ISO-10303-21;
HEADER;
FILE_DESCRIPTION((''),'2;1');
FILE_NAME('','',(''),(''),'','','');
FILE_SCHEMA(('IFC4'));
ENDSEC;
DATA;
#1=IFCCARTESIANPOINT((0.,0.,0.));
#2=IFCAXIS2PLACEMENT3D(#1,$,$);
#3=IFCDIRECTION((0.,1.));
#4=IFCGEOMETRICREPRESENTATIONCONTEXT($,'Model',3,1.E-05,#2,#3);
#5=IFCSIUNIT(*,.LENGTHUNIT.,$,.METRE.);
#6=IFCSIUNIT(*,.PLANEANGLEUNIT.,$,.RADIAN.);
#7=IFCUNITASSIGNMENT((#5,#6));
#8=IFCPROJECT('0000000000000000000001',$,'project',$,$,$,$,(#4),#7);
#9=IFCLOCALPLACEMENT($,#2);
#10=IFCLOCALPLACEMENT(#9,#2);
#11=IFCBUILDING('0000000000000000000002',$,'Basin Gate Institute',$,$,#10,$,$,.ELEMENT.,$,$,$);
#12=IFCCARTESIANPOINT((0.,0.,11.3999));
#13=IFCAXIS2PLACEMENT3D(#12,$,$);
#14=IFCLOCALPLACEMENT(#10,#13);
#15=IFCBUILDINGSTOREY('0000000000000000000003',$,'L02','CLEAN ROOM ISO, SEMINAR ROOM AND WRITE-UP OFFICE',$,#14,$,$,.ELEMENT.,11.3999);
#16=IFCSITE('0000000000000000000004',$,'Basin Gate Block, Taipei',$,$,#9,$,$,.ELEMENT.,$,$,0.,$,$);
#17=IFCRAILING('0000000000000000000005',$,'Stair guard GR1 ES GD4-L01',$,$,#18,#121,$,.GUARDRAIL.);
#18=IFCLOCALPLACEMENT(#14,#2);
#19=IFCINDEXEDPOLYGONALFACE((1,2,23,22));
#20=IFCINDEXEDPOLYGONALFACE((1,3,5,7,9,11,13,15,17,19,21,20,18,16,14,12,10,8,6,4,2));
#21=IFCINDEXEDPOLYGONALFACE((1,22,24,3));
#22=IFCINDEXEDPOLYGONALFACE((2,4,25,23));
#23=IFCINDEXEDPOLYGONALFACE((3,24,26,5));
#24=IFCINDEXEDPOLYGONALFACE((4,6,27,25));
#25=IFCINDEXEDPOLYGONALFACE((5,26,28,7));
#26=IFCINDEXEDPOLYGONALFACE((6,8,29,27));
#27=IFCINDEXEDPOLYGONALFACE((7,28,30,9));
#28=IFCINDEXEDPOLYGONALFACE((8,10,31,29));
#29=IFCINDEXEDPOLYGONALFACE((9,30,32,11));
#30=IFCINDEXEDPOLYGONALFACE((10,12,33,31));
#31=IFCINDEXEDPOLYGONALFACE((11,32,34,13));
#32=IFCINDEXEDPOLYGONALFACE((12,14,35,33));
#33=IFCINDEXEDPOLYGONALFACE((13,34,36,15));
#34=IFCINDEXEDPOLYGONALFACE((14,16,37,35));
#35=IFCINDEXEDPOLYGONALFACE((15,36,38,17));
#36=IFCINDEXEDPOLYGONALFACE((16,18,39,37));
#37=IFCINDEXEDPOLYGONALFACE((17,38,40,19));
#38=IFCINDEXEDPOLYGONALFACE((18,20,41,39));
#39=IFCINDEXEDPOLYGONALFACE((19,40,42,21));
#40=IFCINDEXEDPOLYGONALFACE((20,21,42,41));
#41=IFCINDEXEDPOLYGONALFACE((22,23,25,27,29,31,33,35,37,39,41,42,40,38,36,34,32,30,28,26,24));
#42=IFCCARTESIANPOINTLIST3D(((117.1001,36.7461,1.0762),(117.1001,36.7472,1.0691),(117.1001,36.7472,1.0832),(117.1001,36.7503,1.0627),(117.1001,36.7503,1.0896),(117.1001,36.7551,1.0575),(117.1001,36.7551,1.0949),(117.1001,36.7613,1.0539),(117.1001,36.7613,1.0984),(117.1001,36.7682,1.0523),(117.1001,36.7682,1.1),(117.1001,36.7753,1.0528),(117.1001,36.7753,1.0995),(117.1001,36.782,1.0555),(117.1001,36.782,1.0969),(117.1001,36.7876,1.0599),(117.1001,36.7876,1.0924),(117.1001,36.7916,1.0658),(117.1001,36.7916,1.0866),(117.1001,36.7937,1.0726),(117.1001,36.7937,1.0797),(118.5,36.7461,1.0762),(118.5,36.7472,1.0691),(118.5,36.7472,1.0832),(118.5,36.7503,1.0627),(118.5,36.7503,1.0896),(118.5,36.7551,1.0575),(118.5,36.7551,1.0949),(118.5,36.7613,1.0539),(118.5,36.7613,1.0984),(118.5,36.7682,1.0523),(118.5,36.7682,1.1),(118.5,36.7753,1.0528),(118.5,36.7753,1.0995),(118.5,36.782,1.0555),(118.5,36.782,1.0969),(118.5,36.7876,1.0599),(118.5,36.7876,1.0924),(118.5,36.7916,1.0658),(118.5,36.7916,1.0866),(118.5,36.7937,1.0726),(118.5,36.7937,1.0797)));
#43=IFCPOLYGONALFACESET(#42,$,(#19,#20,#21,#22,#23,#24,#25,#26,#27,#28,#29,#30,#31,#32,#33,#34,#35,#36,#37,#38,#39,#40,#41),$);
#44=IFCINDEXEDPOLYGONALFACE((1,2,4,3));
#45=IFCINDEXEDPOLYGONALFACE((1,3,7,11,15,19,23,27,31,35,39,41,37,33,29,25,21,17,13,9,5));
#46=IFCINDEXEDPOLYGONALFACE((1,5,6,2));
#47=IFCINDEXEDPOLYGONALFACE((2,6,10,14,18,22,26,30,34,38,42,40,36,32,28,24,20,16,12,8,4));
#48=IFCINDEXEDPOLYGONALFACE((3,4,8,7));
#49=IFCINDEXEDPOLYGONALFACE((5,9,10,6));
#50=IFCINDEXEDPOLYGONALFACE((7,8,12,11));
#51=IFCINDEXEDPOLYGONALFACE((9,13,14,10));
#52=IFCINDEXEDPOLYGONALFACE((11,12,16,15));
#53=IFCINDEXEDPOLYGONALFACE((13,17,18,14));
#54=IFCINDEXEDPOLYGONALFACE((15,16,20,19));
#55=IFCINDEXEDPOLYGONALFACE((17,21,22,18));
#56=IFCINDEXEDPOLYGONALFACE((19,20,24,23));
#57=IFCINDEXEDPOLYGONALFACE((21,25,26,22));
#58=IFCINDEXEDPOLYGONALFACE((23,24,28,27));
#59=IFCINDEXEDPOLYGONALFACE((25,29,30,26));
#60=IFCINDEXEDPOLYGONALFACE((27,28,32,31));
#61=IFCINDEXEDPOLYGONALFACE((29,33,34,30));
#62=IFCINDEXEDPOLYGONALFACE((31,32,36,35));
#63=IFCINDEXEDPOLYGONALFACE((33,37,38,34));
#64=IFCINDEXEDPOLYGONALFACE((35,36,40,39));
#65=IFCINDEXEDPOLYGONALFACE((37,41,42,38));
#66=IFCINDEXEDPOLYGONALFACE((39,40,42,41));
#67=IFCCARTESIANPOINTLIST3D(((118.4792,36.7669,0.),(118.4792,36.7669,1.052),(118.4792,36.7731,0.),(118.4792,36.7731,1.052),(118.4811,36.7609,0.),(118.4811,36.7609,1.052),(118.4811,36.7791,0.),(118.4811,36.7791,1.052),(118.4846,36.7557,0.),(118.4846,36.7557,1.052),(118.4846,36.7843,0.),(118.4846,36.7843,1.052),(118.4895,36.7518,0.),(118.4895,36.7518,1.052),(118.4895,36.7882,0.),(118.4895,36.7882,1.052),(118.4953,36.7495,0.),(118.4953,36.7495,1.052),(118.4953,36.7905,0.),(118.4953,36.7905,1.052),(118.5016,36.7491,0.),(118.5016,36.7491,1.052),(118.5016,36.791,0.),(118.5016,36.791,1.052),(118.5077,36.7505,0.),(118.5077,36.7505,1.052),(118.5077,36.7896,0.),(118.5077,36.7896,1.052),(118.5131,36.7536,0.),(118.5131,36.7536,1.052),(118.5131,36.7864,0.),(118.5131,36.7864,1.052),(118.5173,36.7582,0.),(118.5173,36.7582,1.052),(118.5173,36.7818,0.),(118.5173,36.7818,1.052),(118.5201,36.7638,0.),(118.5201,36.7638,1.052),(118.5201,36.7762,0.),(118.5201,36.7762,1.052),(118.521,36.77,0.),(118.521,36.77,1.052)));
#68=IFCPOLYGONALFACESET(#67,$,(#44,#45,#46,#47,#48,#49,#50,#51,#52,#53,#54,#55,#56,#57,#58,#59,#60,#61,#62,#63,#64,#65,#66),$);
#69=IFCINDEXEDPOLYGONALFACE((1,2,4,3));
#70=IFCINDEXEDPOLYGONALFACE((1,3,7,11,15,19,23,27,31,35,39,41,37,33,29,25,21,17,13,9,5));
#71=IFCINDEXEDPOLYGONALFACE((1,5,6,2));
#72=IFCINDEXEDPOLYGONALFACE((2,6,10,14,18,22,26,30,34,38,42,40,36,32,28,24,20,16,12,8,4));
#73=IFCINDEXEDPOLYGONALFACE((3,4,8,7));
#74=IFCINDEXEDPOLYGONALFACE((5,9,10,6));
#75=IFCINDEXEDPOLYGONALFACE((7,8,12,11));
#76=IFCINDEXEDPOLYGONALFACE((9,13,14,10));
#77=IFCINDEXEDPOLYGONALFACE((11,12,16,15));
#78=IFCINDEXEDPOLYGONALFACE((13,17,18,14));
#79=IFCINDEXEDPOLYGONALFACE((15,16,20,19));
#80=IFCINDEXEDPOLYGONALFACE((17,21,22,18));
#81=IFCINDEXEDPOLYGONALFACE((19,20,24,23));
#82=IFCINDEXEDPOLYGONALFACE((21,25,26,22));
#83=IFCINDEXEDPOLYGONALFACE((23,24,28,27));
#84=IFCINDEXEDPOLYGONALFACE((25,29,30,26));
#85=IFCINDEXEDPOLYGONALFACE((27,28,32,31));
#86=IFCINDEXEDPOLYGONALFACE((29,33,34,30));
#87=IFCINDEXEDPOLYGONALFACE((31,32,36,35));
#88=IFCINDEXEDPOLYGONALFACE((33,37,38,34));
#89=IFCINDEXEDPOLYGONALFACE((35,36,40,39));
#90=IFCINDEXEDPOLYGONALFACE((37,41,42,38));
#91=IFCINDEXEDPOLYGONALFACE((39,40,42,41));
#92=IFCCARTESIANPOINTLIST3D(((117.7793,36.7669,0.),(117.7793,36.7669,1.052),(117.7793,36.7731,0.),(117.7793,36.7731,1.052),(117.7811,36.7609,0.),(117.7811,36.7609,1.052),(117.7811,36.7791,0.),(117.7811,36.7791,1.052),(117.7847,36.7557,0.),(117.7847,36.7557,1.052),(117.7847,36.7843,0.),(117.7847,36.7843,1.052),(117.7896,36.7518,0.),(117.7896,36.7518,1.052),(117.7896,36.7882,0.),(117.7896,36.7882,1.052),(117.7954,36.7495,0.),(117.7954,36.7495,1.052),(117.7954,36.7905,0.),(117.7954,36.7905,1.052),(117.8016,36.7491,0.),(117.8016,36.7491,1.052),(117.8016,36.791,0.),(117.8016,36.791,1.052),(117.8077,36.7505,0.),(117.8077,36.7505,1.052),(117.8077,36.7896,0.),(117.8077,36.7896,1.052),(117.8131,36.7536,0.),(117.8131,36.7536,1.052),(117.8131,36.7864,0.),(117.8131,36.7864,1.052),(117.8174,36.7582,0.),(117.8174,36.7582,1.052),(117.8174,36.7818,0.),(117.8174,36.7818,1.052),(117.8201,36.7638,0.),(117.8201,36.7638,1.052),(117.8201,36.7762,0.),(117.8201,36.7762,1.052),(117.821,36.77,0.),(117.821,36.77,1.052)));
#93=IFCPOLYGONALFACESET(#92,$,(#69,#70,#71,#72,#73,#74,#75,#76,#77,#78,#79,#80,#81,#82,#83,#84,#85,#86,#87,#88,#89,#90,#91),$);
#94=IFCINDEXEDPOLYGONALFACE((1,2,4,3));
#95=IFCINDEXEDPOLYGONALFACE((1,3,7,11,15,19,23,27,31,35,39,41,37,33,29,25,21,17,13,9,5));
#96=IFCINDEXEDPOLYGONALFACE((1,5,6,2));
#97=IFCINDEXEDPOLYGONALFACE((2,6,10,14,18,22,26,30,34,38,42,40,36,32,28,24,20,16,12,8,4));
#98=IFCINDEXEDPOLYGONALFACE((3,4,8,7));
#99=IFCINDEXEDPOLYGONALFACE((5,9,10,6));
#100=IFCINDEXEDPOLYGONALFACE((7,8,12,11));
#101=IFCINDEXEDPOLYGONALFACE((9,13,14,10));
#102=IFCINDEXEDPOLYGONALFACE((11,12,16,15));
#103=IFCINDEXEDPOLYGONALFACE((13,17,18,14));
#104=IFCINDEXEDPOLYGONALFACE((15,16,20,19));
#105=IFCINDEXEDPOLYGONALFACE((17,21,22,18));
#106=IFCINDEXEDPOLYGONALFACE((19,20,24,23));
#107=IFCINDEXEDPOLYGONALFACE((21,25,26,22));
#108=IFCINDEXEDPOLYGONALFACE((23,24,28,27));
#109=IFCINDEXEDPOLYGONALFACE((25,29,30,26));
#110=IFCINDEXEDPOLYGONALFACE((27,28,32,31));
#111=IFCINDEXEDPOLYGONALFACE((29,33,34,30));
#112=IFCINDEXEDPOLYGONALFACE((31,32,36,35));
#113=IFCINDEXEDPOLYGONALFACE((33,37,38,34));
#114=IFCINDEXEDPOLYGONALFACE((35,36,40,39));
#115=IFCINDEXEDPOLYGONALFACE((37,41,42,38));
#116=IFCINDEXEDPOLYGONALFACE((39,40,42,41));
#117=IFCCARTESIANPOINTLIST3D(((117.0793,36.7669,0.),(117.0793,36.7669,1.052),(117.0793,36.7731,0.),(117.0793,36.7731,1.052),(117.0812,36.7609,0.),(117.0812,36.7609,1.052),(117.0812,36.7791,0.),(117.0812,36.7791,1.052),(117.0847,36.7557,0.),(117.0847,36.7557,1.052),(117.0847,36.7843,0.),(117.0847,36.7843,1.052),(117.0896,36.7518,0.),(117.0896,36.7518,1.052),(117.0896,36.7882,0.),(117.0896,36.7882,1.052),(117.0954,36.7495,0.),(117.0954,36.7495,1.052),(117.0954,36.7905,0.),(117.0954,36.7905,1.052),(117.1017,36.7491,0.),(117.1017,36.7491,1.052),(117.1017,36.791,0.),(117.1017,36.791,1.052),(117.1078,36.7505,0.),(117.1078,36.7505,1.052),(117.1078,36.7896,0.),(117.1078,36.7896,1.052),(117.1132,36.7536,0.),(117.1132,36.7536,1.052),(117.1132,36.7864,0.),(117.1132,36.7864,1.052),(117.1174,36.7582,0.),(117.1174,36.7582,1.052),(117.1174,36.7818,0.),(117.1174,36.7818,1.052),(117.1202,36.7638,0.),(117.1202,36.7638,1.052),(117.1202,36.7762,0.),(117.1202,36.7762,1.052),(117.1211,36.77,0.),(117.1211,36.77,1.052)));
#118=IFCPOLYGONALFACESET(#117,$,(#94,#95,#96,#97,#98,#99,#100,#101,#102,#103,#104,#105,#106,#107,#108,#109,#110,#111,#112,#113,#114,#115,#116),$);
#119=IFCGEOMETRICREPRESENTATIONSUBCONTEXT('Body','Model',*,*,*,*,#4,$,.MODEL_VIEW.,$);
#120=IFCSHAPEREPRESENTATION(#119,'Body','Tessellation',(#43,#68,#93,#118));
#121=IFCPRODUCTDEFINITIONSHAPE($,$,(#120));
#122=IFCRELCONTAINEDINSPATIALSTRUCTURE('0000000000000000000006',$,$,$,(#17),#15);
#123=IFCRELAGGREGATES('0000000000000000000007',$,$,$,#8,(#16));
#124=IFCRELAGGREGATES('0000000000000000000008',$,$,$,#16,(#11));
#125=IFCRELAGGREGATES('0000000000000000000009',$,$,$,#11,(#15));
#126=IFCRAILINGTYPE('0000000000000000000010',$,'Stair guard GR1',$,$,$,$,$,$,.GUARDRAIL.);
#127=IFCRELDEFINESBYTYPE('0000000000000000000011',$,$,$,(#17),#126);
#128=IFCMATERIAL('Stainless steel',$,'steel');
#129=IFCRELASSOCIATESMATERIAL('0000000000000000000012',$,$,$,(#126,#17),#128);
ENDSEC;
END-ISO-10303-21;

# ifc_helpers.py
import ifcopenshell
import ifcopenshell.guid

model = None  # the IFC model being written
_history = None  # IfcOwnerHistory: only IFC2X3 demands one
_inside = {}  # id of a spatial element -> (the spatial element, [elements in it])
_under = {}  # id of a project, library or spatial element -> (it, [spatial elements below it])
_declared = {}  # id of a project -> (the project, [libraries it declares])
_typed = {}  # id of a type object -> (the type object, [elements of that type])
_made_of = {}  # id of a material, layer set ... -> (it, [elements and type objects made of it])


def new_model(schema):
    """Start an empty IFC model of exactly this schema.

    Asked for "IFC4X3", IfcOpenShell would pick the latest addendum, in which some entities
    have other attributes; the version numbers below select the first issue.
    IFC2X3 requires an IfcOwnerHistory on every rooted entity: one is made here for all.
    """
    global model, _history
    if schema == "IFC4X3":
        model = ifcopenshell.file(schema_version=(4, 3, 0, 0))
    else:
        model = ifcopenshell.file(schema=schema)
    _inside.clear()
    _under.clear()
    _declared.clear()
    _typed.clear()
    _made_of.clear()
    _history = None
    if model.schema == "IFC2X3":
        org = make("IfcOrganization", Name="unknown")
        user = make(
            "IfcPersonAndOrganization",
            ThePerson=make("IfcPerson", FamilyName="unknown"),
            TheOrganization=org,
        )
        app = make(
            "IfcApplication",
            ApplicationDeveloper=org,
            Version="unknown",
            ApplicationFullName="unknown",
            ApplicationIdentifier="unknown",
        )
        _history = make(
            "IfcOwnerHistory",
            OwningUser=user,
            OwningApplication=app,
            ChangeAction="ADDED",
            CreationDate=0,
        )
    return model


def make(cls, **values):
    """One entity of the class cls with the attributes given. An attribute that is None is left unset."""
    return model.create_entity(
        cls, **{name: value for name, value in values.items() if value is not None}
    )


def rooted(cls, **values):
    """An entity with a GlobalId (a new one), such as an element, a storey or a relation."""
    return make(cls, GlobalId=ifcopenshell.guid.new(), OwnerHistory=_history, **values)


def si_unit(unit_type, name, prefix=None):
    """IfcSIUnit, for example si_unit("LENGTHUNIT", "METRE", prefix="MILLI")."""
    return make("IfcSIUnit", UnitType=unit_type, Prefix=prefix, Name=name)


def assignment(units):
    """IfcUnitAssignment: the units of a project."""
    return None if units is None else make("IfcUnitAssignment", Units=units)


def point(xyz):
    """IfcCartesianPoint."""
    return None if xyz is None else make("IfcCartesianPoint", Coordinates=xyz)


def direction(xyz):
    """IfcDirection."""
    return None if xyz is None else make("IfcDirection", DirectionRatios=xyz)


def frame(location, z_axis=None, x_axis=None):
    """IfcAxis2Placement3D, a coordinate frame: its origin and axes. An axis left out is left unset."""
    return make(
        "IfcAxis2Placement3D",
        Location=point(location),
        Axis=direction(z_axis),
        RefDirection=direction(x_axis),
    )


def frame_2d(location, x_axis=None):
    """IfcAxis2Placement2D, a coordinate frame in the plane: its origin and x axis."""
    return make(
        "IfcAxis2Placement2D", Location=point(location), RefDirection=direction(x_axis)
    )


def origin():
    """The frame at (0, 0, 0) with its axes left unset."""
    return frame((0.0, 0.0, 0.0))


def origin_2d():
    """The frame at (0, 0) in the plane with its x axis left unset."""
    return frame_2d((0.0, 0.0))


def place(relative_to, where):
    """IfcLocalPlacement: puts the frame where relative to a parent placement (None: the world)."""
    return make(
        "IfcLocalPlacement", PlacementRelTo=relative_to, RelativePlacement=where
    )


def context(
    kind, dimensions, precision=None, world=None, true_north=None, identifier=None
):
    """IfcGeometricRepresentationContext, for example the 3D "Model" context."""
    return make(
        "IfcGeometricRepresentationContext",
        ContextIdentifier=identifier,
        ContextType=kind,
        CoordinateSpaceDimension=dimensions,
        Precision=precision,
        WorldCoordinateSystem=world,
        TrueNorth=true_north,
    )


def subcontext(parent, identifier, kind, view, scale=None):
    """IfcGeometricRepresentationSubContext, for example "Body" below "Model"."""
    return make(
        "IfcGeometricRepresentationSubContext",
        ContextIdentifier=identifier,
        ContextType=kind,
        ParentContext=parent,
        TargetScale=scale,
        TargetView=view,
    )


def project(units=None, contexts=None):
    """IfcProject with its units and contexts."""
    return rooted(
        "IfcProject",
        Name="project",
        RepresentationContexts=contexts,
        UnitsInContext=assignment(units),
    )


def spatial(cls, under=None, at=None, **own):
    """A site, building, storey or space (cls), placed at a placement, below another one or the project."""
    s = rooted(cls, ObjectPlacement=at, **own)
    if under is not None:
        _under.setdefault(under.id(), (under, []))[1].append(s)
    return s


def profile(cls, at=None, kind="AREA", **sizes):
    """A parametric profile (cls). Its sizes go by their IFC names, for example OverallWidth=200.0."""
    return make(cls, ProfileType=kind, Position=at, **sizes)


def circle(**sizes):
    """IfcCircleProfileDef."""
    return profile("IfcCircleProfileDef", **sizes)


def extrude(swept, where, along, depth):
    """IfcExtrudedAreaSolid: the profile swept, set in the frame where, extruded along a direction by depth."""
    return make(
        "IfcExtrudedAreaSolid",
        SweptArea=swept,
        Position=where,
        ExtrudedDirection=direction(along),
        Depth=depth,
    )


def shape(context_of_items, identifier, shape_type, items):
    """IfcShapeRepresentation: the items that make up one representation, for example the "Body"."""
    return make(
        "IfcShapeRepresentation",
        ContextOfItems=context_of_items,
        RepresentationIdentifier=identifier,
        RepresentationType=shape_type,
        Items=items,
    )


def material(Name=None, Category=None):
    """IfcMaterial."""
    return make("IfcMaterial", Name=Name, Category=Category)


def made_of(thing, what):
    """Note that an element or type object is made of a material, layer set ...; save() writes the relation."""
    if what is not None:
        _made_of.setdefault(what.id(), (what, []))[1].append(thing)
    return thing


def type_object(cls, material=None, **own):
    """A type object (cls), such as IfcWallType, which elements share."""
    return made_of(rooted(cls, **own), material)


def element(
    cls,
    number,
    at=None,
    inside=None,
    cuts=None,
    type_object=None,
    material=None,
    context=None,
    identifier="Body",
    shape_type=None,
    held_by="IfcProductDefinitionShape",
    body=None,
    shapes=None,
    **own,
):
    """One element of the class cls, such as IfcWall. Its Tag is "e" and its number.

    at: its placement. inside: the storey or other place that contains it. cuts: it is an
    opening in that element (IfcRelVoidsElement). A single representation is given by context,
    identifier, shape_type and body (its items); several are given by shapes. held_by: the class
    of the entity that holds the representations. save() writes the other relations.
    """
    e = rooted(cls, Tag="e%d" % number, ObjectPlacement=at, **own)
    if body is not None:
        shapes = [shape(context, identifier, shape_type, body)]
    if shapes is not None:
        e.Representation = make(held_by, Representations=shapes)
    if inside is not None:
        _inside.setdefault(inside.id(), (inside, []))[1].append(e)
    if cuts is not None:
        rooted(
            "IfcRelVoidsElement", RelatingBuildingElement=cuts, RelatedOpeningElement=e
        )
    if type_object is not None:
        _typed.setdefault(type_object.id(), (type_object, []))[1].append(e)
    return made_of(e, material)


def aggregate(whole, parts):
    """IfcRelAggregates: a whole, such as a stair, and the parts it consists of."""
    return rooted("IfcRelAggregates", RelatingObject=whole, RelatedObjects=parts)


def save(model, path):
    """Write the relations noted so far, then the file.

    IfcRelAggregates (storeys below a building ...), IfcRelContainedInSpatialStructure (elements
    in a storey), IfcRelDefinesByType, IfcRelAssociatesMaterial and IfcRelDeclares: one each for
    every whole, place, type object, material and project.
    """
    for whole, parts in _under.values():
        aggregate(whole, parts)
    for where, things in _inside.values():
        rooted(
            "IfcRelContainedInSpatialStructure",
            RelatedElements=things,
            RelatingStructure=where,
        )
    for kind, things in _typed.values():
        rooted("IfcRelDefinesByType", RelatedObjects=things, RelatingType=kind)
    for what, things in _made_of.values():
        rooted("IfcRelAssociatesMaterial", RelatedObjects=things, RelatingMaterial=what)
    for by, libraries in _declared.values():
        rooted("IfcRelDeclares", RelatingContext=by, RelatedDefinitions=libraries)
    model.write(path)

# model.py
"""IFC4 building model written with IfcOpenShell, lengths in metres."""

from ifc_helpers import new_model, si_unit, direction, frame, origin, origin_2d, place, context, subcontext, project, spatial, circle, extrude, material, type_object, element, save


model = new_model("IFC4")

# Units and contexts
model_context = context("Model", 3, precision=1e-05, world=origin(), true_north=direction((0.0, 1.0)))
body_context = subcontext(model_context, "Body", "Model", "MODEL_VIEW")
ifc_project = project(units=[si_unit("LENGTHUNIT", "METRE"), si_unit("PLANEANGLEUNIT", "RADIAN")], contexts=[model_context])

# Site, building, storey
site_placement = place(None, origin())
site = spatial("IfcSite", under=ifc_project, at=site_placement, Name="Basin Gate Block, Taipei", CompositionType="ELEMENT", RefElevation=0.0)
building_placement = place(site_placement, origin())
building = spatial("IfcBuilding", under=site, at=building_placement, Name="Basin Gate Institute", CompositionType="ELEMENT")
storey_placement = place(building_placement, frame((0.0, 0.0, 11.3999)))
storey = spatial("IfcBuildingStorey", under=building, at=storey_placement, Name="L02", Description="CLEAN ROOM ISO, SEMINAR ROOM AND WRITE-UP OFFICE", CompositionType="ELEMENT", Elevation=11.3999)

# Railing
ifc_material_1 = material(Name="Stainless steel", Category="steel")
railing_type_1 = type_object("IfcRailingType", Name="Stair guard GR1", PredefinedType="GUARDRAIL", material=ifc_material_1)
railing_1_placement = place(storey_placement, frame((118.5, 36.77, 0.0)))
element("IfcRailing", 1, at=railing_1_placement, inside=storey, type_object=railing_type_1, material=ifc_material_1, Name="Stair guard GR1 ES GD4-L01", PredefinedType="GUARDRAIL", context=body_context, shape_type="SweptSolid", body=[
    extrude(circle(Radius=0.0239, at=origin_2d()), frame((0.0, 0.0, 1.0762), z_axis=(-1.0, 0.0, 0.0), x_axis=(0.0, -1.0, 0.0)), (0.0, 0.0, 1.0), 1.3999),
    extrude(circle(Radius=0.021, at=origin_2d()), origin(), (0.0, 0.0, 1.0), 1.052),
    extrude(circle(Radius=0.021, at=origin_2d()), frame((-0.7, 0.0, 0.0)), (0.0, 0.0, 1.0), 1.052),
    extrude(circle(Radius=0.021, at=origin_2d()), frame((-1.3999, 0.0, 0.0)), (0.0, 0.0, 1.0), 1.052),
])

save(model, "model.ifc")
